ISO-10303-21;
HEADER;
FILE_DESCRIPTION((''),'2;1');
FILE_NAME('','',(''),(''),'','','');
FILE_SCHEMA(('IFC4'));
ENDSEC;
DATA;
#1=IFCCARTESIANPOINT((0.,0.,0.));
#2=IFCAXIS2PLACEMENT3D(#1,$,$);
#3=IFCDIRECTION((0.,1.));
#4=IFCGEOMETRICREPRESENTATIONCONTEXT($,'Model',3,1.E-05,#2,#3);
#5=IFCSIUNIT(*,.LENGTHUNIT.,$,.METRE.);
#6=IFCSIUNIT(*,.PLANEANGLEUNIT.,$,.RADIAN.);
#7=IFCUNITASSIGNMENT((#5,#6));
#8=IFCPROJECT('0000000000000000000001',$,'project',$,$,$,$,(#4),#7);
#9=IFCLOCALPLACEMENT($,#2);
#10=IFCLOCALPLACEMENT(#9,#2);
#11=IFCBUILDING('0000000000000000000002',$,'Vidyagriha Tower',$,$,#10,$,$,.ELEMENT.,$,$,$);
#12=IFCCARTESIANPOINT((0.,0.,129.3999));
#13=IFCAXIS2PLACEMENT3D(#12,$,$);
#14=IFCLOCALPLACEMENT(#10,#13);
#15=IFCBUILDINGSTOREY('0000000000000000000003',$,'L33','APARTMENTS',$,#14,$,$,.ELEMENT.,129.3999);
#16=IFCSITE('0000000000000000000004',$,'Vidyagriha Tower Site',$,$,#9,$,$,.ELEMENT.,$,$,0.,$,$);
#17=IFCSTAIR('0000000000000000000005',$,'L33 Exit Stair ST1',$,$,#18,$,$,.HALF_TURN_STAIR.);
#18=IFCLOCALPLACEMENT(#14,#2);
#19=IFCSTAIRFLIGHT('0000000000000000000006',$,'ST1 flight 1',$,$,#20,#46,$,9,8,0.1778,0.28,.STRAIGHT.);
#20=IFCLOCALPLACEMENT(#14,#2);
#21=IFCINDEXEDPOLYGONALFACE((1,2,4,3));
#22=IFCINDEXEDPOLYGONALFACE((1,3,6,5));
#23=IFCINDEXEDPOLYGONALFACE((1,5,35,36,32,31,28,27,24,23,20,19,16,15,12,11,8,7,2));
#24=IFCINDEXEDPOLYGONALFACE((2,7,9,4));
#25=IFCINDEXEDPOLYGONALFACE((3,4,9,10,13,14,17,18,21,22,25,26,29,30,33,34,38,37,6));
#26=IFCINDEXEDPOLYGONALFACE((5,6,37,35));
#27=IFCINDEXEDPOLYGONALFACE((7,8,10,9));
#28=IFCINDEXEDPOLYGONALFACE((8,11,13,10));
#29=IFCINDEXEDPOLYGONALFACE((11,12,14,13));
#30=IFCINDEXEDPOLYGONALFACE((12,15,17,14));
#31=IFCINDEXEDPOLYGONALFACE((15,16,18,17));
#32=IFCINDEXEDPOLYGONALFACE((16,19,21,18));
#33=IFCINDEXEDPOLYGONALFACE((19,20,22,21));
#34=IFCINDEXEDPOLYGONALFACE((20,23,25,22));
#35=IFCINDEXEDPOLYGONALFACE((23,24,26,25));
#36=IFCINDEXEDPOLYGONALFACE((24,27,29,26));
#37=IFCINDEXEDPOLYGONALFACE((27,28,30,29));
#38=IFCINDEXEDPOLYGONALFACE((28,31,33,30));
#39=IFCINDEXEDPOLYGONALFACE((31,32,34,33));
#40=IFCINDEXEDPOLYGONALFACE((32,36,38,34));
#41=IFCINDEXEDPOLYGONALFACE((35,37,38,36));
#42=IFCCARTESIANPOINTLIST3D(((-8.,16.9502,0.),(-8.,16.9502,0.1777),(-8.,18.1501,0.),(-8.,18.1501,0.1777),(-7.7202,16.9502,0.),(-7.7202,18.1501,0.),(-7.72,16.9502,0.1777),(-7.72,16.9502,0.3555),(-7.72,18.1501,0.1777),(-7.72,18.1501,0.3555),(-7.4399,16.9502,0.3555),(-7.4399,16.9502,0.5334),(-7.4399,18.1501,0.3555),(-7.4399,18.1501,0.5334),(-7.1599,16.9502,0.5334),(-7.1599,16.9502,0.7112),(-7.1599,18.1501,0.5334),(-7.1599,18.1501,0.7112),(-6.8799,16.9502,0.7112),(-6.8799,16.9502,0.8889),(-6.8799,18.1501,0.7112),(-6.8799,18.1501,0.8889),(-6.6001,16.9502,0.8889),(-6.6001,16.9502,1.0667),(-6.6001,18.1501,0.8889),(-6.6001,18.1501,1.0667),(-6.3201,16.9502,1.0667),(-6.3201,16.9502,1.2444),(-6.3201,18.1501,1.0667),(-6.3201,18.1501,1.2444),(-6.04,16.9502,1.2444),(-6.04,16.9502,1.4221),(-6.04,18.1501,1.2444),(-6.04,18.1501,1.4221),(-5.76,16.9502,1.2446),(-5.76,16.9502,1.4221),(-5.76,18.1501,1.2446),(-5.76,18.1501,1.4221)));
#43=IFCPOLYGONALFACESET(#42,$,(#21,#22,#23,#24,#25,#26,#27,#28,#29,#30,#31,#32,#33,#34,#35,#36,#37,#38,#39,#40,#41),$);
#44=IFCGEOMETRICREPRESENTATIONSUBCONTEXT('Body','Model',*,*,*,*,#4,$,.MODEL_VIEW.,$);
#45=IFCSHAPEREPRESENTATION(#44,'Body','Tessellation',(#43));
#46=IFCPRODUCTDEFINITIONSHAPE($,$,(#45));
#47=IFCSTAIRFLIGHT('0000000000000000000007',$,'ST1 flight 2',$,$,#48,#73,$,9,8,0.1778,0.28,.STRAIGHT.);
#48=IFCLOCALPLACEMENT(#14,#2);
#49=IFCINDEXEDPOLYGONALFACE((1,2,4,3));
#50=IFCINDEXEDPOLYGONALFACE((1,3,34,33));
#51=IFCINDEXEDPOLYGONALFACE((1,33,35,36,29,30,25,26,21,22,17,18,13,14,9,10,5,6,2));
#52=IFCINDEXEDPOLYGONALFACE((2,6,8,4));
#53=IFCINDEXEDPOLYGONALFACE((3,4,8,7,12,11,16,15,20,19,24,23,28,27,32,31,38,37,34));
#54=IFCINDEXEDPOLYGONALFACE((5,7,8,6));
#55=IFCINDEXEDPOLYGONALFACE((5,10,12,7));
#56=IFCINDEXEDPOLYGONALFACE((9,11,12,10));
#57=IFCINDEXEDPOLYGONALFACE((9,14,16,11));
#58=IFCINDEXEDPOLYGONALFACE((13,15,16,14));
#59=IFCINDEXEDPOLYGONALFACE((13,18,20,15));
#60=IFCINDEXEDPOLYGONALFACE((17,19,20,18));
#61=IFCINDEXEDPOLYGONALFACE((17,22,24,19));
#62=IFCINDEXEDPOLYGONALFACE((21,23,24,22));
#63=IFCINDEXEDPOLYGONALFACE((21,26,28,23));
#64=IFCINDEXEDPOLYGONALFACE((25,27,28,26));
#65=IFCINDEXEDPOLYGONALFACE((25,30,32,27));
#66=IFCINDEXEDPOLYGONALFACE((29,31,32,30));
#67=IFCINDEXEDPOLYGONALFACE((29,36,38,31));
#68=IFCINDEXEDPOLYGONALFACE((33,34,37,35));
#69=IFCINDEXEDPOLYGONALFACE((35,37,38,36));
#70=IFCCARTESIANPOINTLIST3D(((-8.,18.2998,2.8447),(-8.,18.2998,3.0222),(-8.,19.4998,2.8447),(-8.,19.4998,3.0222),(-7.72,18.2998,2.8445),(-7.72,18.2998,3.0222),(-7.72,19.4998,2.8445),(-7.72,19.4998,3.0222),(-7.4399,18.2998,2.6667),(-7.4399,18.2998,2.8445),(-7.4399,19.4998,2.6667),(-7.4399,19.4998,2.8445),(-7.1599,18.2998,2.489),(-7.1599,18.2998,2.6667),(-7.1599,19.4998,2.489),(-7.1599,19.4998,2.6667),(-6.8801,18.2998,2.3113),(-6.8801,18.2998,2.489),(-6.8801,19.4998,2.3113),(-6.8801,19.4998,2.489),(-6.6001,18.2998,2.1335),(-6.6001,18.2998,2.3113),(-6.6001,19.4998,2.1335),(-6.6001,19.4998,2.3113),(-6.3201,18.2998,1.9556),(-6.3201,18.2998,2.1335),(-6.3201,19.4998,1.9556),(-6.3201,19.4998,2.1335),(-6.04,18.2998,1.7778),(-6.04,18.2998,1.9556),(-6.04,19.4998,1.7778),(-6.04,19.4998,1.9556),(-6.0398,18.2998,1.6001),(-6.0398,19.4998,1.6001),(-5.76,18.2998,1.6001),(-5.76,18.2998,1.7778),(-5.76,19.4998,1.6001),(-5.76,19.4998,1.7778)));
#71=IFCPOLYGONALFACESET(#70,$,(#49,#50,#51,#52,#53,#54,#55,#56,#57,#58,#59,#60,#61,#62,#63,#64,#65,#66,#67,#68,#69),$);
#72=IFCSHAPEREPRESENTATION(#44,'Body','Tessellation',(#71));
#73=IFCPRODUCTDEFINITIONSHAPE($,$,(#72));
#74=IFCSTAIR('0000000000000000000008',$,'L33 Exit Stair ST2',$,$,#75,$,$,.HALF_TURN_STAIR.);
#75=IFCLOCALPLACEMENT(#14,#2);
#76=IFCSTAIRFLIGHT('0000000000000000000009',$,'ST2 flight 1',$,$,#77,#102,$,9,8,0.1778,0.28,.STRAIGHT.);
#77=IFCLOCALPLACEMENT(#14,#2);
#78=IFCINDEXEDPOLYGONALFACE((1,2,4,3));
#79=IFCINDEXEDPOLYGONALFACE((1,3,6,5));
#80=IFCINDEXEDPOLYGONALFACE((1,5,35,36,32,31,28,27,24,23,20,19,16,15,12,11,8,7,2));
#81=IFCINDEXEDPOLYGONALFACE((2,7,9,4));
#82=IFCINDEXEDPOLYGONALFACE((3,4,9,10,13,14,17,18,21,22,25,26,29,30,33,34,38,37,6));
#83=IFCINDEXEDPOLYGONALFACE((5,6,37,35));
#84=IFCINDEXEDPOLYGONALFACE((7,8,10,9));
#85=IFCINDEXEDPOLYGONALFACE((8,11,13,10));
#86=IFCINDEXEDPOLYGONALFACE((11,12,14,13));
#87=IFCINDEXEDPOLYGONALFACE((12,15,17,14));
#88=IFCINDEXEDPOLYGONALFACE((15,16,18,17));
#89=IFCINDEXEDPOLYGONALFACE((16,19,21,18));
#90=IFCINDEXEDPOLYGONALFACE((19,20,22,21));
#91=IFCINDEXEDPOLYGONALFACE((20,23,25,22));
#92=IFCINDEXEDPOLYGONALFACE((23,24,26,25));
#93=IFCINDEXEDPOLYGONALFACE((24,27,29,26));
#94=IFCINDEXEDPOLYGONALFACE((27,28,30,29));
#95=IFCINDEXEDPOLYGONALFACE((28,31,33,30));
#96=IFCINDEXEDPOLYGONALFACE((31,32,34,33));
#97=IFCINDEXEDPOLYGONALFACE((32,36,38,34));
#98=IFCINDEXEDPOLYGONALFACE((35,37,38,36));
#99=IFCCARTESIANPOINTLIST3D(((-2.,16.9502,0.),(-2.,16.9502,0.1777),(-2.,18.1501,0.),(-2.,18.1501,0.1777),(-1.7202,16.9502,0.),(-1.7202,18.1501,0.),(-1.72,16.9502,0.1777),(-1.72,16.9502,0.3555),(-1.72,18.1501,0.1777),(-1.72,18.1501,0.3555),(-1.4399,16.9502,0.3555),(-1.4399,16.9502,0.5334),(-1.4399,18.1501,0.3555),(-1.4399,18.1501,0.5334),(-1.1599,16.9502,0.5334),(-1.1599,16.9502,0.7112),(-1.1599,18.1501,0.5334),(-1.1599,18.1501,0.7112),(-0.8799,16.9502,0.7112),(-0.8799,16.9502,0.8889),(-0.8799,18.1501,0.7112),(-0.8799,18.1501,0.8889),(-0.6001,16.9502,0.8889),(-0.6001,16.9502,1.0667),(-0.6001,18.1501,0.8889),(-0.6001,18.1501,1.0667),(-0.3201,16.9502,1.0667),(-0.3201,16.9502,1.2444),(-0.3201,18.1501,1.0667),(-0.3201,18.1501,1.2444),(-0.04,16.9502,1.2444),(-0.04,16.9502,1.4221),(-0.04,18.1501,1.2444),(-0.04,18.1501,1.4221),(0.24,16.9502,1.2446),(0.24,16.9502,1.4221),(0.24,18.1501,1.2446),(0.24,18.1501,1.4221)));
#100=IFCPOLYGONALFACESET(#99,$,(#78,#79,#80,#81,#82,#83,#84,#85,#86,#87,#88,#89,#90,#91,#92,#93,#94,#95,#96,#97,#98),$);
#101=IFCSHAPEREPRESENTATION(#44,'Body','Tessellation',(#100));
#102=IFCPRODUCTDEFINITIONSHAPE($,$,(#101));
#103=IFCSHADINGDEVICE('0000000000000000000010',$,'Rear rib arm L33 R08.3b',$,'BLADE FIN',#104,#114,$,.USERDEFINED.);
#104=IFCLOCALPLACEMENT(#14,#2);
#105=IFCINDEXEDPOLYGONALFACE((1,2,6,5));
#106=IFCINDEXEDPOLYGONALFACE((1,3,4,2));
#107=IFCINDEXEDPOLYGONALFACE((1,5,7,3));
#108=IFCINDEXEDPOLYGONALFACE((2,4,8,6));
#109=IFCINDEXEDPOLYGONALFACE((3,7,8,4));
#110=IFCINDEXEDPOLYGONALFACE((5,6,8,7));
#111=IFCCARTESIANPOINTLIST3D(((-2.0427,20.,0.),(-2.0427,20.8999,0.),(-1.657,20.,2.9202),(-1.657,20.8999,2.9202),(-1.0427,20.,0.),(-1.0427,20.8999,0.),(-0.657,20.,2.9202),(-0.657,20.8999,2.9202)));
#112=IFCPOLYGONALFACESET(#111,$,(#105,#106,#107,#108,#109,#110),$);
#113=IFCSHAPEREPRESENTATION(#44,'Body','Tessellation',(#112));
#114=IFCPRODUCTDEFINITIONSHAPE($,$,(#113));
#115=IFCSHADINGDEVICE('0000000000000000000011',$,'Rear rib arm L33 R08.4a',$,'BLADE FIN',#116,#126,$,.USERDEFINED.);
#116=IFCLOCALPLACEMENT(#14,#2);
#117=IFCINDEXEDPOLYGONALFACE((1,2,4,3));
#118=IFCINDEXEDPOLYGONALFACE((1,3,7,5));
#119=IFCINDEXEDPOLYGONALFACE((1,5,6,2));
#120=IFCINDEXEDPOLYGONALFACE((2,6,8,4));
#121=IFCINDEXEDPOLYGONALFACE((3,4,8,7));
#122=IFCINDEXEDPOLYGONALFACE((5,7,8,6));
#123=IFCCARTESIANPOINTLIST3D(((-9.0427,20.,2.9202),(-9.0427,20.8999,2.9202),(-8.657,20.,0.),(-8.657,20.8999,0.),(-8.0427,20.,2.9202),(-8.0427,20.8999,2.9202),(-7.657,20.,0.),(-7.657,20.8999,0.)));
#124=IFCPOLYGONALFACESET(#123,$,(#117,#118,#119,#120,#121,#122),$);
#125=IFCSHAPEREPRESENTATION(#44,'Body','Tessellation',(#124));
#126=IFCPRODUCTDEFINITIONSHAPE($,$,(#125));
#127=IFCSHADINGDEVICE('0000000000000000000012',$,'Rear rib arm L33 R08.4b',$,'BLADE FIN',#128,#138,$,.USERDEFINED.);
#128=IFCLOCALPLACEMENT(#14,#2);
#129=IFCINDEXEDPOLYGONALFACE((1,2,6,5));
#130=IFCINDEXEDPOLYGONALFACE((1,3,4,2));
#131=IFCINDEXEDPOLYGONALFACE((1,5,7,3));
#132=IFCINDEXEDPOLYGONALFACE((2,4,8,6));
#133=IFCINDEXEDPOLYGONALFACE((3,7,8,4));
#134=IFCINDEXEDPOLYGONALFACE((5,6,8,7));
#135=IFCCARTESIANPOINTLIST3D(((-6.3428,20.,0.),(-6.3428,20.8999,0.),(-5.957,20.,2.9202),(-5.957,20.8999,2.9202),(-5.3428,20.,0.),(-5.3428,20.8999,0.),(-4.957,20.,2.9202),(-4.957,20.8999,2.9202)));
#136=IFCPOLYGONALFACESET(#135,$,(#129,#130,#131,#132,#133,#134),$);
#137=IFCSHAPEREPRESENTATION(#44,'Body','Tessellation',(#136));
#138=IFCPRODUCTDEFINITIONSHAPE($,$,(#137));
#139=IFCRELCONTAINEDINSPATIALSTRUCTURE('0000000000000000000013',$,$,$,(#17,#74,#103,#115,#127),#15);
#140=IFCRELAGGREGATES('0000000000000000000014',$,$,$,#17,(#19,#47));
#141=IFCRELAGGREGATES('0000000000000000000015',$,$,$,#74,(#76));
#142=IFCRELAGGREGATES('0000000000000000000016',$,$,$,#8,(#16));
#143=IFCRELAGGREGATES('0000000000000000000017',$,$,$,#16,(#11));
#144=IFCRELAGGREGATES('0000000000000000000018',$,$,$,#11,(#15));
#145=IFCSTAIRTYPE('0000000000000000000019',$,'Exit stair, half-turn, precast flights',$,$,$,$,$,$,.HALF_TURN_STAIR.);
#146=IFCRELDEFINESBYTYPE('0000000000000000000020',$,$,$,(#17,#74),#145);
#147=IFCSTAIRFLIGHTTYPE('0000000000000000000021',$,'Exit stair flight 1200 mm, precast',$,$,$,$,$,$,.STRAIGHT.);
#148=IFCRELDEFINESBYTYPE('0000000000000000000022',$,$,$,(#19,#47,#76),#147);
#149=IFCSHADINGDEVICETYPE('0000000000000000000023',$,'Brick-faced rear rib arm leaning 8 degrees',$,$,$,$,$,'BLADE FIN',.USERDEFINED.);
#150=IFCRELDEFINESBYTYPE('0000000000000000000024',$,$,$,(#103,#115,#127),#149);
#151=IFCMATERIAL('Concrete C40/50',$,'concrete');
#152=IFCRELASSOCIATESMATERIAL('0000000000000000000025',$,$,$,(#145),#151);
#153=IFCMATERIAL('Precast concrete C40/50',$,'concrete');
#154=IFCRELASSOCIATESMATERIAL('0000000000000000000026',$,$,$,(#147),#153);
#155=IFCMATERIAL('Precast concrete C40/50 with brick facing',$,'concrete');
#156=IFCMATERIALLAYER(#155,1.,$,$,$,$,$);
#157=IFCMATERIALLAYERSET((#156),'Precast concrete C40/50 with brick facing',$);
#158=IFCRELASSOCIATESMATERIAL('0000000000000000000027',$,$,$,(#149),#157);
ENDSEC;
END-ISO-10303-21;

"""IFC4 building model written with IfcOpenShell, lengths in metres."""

from ifc_helpers import new_model, si_unit, direction, frame, origin, place, context, subcontext, project, spatial, polyline, outline, extrude, material, layer, layer_set, type_object, element, aggregate, save


model = new_model("IFC4")

# Units and contexts
model_context = context("Model", 3, precision=1e-05, world=origin(), true_north=direction((0.0, 1.0)))
body_context = subcontext(model_context, "Body", "Model", "MODEL_VIEW")
ifc_project = project(units=[si_unit("LENGTHUNIT", "METRE"), si_unit("PLANEANGLEUNIT", "RADIAN")], contexts=[model_context])

# Site, building, storey
site_placement = place(None, origin())
site = spatial("IfcSite", under=ifc_project, at=site_placement, Name="Vidyagriha Tower Site", CompositionType="ELEMENT", RefElevation=0.0)
building_placement = place(site_placement, origin())
building = spatial("IfcBuilding", under=site, at=building_placement, Name="Vidyagriha Tower", CompositionType="ELEMENT")
storey_placement = place(building_placement, frame((0.0, 0.0, 129.3999)))
storey = spatial("IfcBuildingStorey", under=building, at=storey_placement, Name="L33", Description="APARTMENTS", CompositionType="ELEMENT", Elevation=129.3999)

# Stair, stair flights
ifc_material_1 = material(Name="Concrete C40/50", Category="concrete")
stair_type = type_object("IfcStairType", Name="Exit stair, half-turn, precast flights", PredefinedType="HALF_TURN_STAIR", material=ifc_material_1)
stair_1_placement = place(storey_placement, origin())
stair_1 = element("IfcStair", 1, at=stair_1_placement, inside=storey, type_object=stair_type, Name="L33 Exit Stair ST1", PredefinedType="HALF_TURN_STAIR")
ifc_material_2 = material(Name="Precast concrete C40/50", Category="concrete")
stair_flight_type = type_object("IfcStairFlightType", Name="Exit stair flight 1200 mm, precast", PredefinedType="STRAIGHT", material=ifc_material_2)
stair_flight_1_placement = place(storey_placement, frame((-8.0, 17.55, 0.0)))
stair_flight_1 = element("IfcStairFlight", 2, at=stair_flight_1_placement, type_object=stair_flight_type, Name="ST1 flight 1", NumberOfRisers=9, NumberOfTreads=8, PredefinedType="STRAIGHT", RiserHeight=0.1778, TreadLength=0.28, context=body_context, shape_type="SweptSolid", body=[
    extrude(outline(polyline([(0.0, 0.0), (0.0, 0.1777), (0.28, 0.1777), (0.28, 0.3555), (0.5601, 0.3555), (0.5601, 0.5334), (0.8401, 0.5334), (0.8401, 0.7112), (1.1201, 0.7112), (1.1201, 0.8889), (1.3999, 0.8889), (1.3999, 1.0667), (1.6799, 1.0667), (1.6799, 1.2444), (1.96, 1.2444), (1.96, 1.4221), (2.24, 1.4221), (2.24, 1.6001), (2.24, 1.2446), (0.2798, 0.0), (0.0, 0.0)])), frame((0.0, 0.6001, 0.0), z_axis=(0.0, -1.0, 0.0), x_axis=(1.0, 0.0, 0.0)), (0.0, 0.0, 1.0), 1.2),
])
stair_flight_2_placement = place(storey_placement, frame((-5.76, 18.8999, 1.6001), z_axis=(0.0, 0.0, 1.0), x_axis=(-1.0, 0.0, 0.0)))
stair_flight_2 = element("IfcStairFlight", 3, at=stair_flight_2_placement, type_object=stair_flight_type, Name="ST1 flight 2", NumberOfRisers=9, NumberOfTreads=8, PredefinedType="STRAIGHT", RiserHeight=0.1778, TreadLength=0.28, context=body_context, shape_type="SweptSolid", body=[
    extrude(outline(polyline([(0.0, 0.0), (0.0, 0.1777), (0.28, 0.1777), (0.28, 0.3555), (0.5601, 0.3555), (0.5601, 0.5334), (0.8401, 0.5334), (0.8401, 0.7112), (1.1201, 0.7112), (1.1201, 0.8889), (1.3999, 0.8889), (1.3999, 1.0667), (1.6799, 1.0667), (1.6799, 1.2444), (1.96, 1.2444), (1.96, 1.4221), (2.24, 1.4221), (2.24, 1.6001), (2.24, 1.2446), (0.2798, 0.0), (0.0, 0.0)])), frame((0.0, 0.6001, 0.0), z_axis=(0.0, -1.0, 0.0), x_axis=(1.0, 0.0, 0.0)), (0.0, 0.0, 1.0), 1.2),
])
aggregate(stair_1, [stair_flight_1, stair_flight_2])

# Stair, stair flight
stair_2_placement = place(storey_placement, origin())
stair_2 = element("IfcStair", 4, at=stair_2_placement, inside=storey, type_object=stair_type, Name="L33 Exit Stair ST2", PredefinedType="HALF_TURN_STAIR")
stair_flight_3_placement = place(storey_placement, frame((-2.0, 17.55, 0.0)))
stair_flight_3 = element("IfcStairFlight", 5, at=stair_flight_3_placement, type_object=stair_flight_type, Name="ST2 flight 1", NumberOfRisers=9, NumberOfTreads=8, PredefinedType="STRAIGHT", RiserHeight=0.1778, TreadLength=0.28, context=body_context, shape_type="SweptSolid", body=[
    extrude(outline(polyline([(0.0, 0.0), (0.0, 0.1777), (0.28, 0.1777), (0.28, 0.3555), (0.5601, 0.3555), (0.5601, 0.5334), (0.8401, 0.5334), (0.8401, 0.7112), (1.1201, 0.7112), (1.1201, 0.8889), (1.3999, 0.8889), (1.3999, 1.0667), (1.6799, 1.0667), (1.6799, 1.2444), (1.96, 1.2444), (1.96, 1.4221), (2.24, 1.4221), (2.24, 1.6001), (2.24, 1.2446), (0.2798, 0.0), (0.0, 0.0)])), frame((0.0, 0.6001, 0.0), z_axis=(0.0, -1.0, 0.0), x_axis=(1.0, 0.0, 0.0)), (0.0, 0.0, 1.0), 1.2),
])
aggregate(stair_2, [stair_flight_3])

# Shading devices
ifc_material_3 = material(Name="Precast concrete C40/50 with brick facing", Category="concrete")
ifc_layer_1 = layer(ifc_material_3, 1.0)
ifc_layer_set_1 = layer_set([ifc_layer_1], Name="Precast concrete C40/50 with brick facing")
shading_device_type = type_object("IfcShadingDeviceType", Name="Brick-faced rear rib arm leaning 8 degrees", ElementType="BLADE FIN", PredefinedType="USERDEFINED", material=ifc_layer_set_1)
shading_device_1_placement = place(storey_placement, frame((-0.657, 20.45, 0.0), z_axis=(0.0, 0.0, 1.0), x_axis=(-1.0, 0.0, 0.0)))
element("IfcShadingDevice", 6, at=shading_device_1_placement, inside=storey, type_object=shading_device_type, Name="Rear rib arm L33 R08.3b", ObjectType="BLADE FIN", PredefinedType="USERDEFINED", context=body_context, shape_type="SweptSolid", body=[
    extrude(outline(polyline([(0.3857, 0.0), (1.3857, 0.0), (1.0, 2.9202), (0.0, 2.9202), (0.3857, 0.0)])), frame((0.0, 0.45, 0.0), z_axis=(0.0, -1.0, 0.0), x_axis=(1.0, 0.0, 0.0)), (0.0, 0.0, 1.0), 0.8999),
])
shading_device_2_placement = place(storey_placement, frame((-7.657, 20.45, 0.0), z_axis=(0.0, 0.0, 1.0), x_axis=(-1.0, 0.0, 0.0)))
element("IfcShadingDevice", 7, at=shading_device_2_placement, inside=storey, type_object=shading_device_type, Name="Rear rib arm L33 R08.4a", ObjectType="BLADE FIN", PredefinedType="USERDEFINED", context=body_context, shape_type="SweptSolid", body=[
    extrude(outline(polyline([(0.0, 0.0), (1.0, 0.0), (1.3857, 2.9202), (0.3857, 2.9202), (0.0, 0.0)])), frame((0.0, 0.45, 0.0), z_axis=(0.0, -1.0, 0.0), x_axis=(1.0, 0.0, 0.0)), (0.0, 0.0, 1.0), 0.8999),
])
shading_device_3_placement = place(storey_placement, frame((-4.957, 20.45, 0.0), z_axis=(0.0, 0.0, 1.0), x_axis=(-1.0, 0.0, 0.0)))
element("IfcShadingDevice", 8, at=shading_device_3_placement, inside=storey, type_object=shading_device_type, Name="Rear rib arm L33 R08.4b", ObjectType="BLADE FIN", PredefinedType="USERDEFINED", context=body_context, shape_type="SweptSolid", body=[
    extrude(outline(polyline([(0.3857, 0.0), (1.3857, 0.0), (1.0, 2.9202), (0.0, 2.9202), (0.3857, 0.0)])), frame((0.0, 0.45, 0.0), z_axis=(0.0, -1.0, 0.0), x_axis=(1.0, 0.0, 0.0)), (0.0, 0.0, 1.0), 0.8999),
])

save(model, "model.ifc")
